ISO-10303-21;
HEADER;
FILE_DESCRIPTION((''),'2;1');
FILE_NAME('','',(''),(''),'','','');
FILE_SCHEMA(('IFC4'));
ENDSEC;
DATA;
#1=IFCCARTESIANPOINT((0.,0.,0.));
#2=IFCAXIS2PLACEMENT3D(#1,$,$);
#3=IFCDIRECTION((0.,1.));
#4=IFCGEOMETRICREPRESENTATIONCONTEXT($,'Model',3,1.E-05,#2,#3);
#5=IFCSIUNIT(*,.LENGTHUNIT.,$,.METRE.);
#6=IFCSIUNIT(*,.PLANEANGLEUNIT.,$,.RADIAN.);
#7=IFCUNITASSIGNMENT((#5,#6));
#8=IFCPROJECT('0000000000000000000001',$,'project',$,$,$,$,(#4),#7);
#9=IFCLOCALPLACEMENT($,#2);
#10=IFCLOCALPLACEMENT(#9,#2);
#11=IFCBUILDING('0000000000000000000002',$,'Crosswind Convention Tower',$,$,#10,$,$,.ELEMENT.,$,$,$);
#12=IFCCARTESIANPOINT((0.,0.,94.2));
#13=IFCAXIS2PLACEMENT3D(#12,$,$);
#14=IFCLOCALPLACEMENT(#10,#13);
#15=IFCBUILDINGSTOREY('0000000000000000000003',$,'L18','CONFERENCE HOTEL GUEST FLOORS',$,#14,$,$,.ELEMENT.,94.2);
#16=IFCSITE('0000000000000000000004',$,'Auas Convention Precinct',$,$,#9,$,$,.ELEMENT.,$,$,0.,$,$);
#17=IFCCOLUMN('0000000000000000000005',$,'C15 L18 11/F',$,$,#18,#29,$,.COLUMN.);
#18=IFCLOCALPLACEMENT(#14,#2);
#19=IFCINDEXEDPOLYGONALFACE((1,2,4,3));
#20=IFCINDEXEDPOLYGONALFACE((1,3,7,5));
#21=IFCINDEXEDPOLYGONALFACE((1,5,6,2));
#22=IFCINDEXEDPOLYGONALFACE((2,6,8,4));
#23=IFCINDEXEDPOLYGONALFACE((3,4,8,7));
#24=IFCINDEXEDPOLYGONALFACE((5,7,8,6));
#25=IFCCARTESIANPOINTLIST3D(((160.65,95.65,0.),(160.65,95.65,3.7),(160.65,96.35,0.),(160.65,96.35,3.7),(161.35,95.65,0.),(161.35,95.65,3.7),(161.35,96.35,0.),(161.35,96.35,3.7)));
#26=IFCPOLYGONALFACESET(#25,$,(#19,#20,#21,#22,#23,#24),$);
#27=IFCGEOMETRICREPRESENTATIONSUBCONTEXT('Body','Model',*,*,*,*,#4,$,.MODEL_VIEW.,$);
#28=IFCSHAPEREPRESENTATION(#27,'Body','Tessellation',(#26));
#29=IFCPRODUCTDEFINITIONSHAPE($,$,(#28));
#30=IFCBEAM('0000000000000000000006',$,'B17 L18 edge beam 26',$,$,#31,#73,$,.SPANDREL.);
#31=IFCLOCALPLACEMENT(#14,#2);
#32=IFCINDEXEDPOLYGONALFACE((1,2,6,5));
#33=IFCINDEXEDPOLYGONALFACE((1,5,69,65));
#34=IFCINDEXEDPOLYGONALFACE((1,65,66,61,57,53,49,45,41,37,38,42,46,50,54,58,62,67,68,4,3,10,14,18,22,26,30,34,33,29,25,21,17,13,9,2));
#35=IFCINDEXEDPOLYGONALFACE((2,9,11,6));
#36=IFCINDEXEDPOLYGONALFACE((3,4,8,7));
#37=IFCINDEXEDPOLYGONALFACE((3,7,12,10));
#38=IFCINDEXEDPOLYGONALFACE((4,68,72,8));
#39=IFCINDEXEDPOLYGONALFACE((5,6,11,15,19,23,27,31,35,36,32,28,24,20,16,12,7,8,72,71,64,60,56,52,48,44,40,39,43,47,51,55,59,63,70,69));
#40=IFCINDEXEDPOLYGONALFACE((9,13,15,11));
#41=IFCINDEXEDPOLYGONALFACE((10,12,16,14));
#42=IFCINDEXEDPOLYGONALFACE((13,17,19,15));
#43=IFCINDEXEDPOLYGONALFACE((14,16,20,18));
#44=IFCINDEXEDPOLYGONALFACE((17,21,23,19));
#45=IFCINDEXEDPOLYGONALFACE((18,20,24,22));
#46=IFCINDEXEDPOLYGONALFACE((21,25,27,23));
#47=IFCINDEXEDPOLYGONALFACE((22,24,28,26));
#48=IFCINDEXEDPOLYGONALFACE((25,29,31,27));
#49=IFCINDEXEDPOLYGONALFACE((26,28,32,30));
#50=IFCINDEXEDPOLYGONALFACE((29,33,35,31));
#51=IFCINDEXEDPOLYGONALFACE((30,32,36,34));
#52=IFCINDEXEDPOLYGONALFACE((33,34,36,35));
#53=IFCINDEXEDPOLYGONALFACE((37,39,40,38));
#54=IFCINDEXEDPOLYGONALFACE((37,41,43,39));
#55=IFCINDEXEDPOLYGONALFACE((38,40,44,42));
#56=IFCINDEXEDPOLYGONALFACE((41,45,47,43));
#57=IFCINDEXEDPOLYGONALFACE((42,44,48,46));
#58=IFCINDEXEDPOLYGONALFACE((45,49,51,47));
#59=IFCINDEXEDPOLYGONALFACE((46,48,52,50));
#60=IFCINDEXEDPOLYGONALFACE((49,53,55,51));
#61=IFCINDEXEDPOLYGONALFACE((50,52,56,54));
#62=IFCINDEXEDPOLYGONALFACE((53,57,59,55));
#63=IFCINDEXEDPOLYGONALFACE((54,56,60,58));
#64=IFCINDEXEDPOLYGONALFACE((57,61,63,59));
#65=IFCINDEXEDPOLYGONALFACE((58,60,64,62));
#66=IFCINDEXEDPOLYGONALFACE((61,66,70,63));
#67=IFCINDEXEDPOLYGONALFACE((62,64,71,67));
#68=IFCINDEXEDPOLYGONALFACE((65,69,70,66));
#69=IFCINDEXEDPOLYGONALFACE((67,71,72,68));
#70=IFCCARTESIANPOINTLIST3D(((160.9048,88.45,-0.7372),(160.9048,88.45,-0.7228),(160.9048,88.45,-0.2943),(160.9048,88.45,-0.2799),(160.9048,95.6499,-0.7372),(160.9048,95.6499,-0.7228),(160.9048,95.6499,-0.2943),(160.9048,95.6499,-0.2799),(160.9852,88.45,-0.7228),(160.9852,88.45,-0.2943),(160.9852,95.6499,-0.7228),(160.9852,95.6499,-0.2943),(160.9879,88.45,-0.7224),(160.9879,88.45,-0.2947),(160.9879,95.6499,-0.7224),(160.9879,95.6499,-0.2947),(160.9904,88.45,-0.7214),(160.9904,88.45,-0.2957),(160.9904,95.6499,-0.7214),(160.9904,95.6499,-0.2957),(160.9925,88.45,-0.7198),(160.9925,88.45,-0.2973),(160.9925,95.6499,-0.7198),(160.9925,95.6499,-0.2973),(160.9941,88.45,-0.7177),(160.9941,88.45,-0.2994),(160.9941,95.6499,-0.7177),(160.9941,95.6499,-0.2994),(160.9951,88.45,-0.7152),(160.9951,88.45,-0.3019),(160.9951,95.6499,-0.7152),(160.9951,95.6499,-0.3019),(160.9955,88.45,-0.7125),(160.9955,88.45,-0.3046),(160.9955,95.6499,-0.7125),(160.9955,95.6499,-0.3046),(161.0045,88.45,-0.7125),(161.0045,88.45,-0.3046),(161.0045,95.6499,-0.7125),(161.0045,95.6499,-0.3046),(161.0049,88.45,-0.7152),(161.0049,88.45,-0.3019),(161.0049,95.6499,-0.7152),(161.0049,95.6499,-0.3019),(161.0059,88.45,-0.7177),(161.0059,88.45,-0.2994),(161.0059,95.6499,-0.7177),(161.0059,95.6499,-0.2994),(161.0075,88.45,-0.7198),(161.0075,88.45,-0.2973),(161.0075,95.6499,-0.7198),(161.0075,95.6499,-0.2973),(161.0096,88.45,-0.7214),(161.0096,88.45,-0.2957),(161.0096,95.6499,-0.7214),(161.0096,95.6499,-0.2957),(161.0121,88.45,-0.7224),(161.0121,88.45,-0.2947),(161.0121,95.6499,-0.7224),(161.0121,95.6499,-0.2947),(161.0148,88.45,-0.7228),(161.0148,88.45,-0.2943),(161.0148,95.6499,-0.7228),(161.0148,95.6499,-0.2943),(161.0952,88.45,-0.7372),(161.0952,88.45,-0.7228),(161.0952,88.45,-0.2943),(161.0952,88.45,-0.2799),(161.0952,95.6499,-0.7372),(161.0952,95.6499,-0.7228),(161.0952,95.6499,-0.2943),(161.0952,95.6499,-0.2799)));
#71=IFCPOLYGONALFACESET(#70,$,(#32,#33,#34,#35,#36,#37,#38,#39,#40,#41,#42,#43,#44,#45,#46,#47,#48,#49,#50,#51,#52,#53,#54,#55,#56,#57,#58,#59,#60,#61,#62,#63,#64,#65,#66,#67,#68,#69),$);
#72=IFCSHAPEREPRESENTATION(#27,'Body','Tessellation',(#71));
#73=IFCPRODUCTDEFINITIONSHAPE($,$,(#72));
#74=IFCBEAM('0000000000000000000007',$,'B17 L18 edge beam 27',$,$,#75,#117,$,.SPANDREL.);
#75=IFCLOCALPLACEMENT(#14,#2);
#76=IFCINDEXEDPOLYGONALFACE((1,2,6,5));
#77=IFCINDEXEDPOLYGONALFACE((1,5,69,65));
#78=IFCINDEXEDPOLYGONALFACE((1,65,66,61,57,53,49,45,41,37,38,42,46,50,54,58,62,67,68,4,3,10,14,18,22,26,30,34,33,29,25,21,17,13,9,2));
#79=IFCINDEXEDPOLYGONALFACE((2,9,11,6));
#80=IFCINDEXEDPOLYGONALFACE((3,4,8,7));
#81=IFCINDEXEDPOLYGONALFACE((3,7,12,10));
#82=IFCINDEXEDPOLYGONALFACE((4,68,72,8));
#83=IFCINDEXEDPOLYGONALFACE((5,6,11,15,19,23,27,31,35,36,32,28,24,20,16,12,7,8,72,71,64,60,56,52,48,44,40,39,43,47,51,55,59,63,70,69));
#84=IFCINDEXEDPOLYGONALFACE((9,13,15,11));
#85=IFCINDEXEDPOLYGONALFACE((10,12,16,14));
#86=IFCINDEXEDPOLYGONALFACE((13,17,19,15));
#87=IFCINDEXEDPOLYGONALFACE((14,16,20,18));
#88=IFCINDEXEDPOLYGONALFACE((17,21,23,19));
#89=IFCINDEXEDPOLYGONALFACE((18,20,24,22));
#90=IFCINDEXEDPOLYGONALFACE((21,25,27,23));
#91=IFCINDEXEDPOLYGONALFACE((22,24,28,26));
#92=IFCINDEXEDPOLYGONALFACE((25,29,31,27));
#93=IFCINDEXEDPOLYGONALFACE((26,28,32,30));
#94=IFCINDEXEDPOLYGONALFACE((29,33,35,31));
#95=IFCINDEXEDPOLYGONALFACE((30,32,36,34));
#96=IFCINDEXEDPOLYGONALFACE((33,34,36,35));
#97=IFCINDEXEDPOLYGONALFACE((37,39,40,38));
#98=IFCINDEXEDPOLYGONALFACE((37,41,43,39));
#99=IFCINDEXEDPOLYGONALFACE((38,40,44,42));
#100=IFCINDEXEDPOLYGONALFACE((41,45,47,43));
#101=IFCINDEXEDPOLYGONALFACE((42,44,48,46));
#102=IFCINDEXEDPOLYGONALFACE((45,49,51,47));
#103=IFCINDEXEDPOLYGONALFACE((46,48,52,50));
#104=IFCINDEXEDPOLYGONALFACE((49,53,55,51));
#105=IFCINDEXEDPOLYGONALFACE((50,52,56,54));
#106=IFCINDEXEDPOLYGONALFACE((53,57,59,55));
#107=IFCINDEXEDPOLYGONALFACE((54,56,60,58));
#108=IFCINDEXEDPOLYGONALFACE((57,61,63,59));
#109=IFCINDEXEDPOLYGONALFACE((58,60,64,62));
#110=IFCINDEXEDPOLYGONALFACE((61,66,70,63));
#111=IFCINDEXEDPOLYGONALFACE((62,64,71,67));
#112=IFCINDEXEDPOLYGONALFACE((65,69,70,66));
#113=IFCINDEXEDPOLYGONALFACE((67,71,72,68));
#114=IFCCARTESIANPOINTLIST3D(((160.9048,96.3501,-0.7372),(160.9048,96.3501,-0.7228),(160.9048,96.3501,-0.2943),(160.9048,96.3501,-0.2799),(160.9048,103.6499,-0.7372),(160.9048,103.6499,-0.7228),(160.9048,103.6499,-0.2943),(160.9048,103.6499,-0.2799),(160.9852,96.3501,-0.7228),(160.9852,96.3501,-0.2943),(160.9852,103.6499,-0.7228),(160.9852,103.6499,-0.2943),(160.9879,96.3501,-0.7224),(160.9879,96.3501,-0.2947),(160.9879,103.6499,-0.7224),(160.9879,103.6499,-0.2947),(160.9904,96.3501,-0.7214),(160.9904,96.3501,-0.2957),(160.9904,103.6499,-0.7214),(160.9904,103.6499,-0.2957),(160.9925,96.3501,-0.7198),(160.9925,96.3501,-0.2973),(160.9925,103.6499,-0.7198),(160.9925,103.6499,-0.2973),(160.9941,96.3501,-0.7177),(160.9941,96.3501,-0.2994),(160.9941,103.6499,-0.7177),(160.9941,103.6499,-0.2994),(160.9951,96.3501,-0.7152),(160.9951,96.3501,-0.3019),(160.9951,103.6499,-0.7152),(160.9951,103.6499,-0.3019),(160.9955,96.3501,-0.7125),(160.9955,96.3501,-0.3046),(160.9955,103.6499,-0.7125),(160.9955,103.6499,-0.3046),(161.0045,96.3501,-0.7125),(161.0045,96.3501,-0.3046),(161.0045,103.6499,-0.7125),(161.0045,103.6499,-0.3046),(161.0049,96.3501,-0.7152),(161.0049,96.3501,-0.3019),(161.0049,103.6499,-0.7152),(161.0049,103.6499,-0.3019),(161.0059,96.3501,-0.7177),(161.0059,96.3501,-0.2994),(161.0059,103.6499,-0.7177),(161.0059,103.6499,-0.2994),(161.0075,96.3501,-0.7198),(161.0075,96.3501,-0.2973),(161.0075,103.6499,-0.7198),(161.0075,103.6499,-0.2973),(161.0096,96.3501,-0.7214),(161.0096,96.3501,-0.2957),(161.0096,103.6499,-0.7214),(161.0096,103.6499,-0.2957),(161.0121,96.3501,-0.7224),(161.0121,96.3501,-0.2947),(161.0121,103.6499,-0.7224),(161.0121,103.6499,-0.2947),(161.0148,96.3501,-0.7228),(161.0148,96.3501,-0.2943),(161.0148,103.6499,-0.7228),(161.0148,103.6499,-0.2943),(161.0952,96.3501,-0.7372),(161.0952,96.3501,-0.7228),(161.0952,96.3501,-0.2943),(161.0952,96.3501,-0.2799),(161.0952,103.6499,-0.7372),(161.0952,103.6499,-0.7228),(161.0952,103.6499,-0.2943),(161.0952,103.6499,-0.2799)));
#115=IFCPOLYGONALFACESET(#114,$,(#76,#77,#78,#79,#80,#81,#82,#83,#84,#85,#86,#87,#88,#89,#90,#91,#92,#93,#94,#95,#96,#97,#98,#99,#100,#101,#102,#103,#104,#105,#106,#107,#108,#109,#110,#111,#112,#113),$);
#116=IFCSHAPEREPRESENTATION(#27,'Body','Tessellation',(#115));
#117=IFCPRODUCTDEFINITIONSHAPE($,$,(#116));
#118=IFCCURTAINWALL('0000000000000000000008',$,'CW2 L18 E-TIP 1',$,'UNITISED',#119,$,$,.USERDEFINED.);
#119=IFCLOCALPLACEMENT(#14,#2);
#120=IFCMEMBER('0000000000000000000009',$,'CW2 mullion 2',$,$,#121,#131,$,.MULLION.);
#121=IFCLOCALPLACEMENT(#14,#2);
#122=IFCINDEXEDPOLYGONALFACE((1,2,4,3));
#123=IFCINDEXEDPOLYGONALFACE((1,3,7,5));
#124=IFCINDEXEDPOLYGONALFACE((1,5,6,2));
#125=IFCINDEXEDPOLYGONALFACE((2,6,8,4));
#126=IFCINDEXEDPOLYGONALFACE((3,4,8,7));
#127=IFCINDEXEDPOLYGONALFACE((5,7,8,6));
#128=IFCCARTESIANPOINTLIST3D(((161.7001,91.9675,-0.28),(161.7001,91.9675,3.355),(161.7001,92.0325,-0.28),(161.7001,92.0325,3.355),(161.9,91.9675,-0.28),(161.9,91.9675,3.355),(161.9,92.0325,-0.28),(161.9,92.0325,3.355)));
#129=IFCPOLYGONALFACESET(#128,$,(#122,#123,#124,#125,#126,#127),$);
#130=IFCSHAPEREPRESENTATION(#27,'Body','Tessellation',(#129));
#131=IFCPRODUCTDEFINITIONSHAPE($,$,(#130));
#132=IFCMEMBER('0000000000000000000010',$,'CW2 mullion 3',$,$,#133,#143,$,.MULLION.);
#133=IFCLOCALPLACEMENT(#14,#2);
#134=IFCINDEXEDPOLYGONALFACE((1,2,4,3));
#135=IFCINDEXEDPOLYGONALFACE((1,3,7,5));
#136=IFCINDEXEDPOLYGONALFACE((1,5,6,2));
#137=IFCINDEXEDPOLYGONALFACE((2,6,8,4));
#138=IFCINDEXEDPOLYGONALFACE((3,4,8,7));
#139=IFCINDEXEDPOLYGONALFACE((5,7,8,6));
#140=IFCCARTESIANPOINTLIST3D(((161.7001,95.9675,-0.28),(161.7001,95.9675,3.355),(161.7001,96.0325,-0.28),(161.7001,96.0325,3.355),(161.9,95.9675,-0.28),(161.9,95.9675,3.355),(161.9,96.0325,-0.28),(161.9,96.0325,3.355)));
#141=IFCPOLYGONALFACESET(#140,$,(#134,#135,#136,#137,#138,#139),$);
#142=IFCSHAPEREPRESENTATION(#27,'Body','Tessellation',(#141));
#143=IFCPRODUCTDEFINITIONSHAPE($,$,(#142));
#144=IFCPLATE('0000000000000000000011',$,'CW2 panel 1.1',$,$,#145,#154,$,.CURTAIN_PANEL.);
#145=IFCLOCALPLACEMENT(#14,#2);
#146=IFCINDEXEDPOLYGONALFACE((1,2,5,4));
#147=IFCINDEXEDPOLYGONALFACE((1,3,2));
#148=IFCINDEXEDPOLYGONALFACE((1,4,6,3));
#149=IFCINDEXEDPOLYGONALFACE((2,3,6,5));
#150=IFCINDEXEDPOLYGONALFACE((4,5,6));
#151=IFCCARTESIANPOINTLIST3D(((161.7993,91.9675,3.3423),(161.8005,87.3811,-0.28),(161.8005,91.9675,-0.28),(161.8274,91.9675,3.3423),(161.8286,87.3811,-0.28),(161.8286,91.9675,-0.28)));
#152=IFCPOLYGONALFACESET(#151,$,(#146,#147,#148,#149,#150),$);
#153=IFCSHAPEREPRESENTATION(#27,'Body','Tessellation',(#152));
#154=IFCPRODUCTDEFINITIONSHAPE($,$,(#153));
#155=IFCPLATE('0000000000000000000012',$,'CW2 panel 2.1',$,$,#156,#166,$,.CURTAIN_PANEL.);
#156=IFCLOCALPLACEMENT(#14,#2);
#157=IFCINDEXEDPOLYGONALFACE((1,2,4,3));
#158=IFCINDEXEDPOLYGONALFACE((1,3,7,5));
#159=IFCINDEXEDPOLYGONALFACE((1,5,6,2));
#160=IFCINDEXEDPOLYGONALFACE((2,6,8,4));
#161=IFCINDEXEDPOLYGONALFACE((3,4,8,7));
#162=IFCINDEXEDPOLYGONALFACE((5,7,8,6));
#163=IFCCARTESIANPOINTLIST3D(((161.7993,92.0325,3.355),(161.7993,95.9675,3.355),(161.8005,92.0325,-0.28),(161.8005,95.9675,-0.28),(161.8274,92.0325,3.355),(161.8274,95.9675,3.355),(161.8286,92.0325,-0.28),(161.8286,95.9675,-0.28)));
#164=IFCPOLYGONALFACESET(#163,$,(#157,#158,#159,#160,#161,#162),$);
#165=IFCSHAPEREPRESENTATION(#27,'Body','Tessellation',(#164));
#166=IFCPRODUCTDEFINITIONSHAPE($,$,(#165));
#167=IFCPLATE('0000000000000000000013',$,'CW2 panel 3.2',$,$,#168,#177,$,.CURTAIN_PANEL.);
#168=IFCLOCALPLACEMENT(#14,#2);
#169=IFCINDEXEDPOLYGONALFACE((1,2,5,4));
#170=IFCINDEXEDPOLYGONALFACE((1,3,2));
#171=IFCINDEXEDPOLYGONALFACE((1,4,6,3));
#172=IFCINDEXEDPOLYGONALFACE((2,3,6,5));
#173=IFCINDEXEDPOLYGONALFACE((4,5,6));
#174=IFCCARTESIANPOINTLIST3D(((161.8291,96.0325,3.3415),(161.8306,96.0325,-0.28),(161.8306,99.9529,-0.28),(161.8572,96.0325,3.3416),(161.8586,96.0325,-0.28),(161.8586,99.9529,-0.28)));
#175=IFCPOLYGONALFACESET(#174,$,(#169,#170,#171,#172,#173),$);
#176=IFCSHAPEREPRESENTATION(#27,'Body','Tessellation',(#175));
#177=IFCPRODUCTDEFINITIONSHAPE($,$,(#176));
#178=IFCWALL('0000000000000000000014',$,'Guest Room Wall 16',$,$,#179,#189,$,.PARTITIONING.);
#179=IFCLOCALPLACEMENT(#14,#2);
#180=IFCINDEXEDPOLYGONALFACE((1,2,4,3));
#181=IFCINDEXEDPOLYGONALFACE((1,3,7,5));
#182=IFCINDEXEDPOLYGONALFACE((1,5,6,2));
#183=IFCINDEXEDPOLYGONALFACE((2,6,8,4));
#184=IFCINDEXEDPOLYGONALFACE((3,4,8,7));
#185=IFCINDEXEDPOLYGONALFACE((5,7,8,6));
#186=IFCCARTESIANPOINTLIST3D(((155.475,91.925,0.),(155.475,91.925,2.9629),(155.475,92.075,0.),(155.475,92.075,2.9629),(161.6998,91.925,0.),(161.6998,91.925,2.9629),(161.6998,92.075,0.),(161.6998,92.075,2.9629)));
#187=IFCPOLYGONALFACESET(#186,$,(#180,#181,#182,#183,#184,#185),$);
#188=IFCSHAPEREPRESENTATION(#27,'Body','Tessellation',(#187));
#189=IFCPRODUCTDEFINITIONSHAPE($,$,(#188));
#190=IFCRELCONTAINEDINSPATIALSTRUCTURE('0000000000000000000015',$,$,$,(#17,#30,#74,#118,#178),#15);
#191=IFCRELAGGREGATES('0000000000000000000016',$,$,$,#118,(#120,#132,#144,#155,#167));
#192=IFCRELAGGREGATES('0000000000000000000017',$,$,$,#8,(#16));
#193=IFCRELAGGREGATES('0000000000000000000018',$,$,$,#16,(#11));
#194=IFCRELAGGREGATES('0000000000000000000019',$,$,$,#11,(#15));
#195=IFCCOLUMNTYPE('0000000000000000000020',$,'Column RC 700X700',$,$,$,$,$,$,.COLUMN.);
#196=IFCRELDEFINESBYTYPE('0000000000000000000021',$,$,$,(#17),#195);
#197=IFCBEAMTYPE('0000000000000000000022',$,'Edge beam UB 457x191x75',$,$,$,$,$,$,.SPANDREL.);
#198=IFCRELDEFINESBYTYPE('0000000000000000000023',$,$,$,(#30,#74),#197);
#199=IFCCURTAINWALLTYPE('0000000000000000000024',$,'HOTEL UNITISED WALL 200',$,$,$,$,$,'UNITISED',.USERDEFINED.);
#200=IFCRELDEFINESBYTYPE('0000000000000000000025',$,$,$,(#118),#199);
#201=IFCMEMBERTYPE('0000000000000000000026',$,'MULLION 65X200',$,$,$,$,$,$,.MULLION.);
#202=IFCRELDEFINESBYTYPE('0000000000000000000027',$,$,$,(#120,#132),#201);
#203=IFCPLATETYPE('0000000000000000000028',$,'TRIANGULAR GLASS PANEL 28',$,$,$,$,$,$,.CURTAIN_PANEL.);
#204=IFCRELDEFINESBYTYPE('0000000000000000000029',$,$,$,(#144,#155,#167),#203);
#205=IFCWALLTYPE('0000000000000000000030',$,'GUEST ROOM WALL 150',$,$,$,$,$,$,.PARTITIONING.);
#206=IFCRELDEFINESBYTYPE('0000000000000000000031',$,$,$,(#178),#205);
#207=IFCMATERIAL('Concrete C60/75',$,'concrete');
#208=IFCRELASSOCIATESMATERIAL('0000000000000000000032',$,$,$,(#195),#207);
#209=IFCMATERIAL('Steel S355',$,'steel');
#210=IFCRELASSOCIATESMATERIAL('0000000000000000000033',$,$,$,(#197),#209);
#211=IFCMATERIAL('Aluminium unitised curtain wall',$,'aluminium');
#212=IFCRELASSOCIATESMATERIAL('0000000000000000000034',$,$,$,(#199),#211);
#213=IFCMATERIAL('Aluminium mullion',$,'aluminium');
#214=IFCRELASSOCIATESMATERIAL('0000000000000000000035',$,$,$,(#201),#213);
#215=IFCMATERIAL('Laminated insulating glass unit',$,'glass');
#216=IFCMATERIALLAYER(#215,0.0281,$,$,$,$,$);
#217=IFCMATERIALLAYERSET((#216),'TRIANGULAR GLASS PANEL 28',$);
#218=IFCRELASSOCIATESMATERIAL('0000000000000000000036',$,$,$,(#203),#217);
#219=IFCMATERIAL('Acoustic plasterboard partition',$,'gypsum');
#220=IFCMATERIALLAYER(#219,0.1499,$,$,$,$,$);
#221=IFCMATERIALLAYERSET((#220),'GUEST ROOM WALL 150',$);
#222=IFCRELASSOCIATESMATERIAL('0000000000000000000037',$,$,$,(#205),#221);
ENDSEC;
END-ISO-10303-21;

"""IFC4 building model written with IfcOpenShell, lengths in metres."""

from ifc_helpers import new_model, si_unit, direction, frame, frame_2d, origin, origin_2d, place, context, subcontext, project, spatial, polyline, rectangle, i_section, outline, extrude, material, layer, layer_set, material_profile, profile_set, type_object, element, aggregate, save


model = new_model("IFC4")

# Units and contexts
model_context = context("Model", 3, precision=1e-05, world=origin(), true_north=direction((0.0, 1.0)))
body_context = subcontext(model_context, "Body", "Model", "MODEL_VIEW")
ifc_project = project(units=[si_unit("LENGTHUNIT", "METRE"), si_unit("PLANEANGLEUNIT", "RADIAN")], contexts=[model_context])

# Site, building, storey
site_placement = place(None, origin())
site = spatial("IfcSite", under=ifc_project, at=site_placement, Name="Auas Convention Precinct", CompositionType="ELEMENT", RefElevation=0.0)
building_placement = place(site_placement, origin())
building = spatial("IfcBuilding", under=site, at=building_placement, Name="Crosswind Convention Tower", CompositionType="ELEMENT")
storey_placement = place(building_placement, frame((0.0, 0.0, 94.2)))
storey = spatial("IfcBuildingStorey", under=building, at=storey_placement, Name="L18", Description="CONFERENCE HOTEL GUEST FLOORS", CompositionType="ELEMENT", Elevation=94.2)

# Column
ifc_material_1 = material(Name="Concrete C60/75", Category="concrete")
ifc_material_profile_1 = material_profile(ifc_material_1, rectangle(XDim=0.7, YDim=0.7, at=origin_2d()), Name="RC 700X700")
ifc_profile_set_1 = profile_set([ifc_material_profile_1], Name="Concrete C60/75")
column_type = type_object("IfcColumnType", Name="Column RC 700X700", PredefinedType="COLUMN", material=ifc_profile_set_1)
column_placement = place(storey_placement, frame((161.0, 96.0, 0.0), z_axis=(0.0, 0.0, 1.0), x_axis=(1.0, 0.0, 0.0)))
element("IfcColumn", 1, at=column_placement, inside=storey, type_object=column_type, Name="C15 L18 11/F", PredefinedType="COLUMN", context=body_context, shape_type="SweptSolid", body=[
    extrude(rectangle(XDim=0.7, YDim=0.7, at=origin_2d()), origin(), (0.0, 0.0, 1.0), 3.7),
])

# Beams
ifc_material_2 = material(Name="Steel S355", Category="steel")
ifc_material_profile_2 = material_profile(ifc_material_2, i_section(OverallWidth=0.1904, OverallDepth=0.4573, WebThickness=0.009, FlangeThickness=0.0144, FilletRadius=0.0103, at=origin_2d()), Name="UB 457x191x75")
ifc_profile_set_2 = profile_set([ifc_material_profile_2], Name="Steel S355")
beam_type = type_object("IfcBeamType", Name="Edge beam UB 457x191x75", PredefinedType="SPANDREL", material=ifc_profile_set_2)
beam_1_placement = place(storey_placement, frame((161.0, 88.45, -0.5085), z_axis=(0.0, 1.0, 0.0), x_axis=(-1.0, 0.0, 0.0)))
element("IfcBeam", 2, at=beam_1_placement, inside=storey, type_object=beam_type, Name="B17 L18 edge beam 26", PredefinedType="SPANDREL", context=body_context, shape_type="SweptSolid", body=[
    extrude(i_section(OverallWidth=0.1904, OverallDepth=0.4573, WebThickness=0.009, FlangeThickness=0.0144, FilletRadius=0.0103, at=origin_2d()), origin(), (0.0, 0.0, 1.0), 7.2),
])
beam_2_placement = place(storey_placement, frame((161.0, 96.3501, -0.5085), z_axis=(0.0, 1.0, 0.0), x_axis=(-1.0, 0.0, 0.0)))
element("IfcBeam", 3, at=beam_2_placement, inside=storey, type_object=beam_type, Name="B17 L18 edge beam 27", PredefinedType="SPANDREL", context=body_context, shape_type="SweptSolid", body=[
    extrude(i_section(OverallWidth=0.1904, OverallDepth=0.4573, WebThickness=0.009, FlangeThickness=0.0144, FilletRadius=0.0103, at=origin_2d()), origin(), (0.0, 0.0, 1.0), 7.2998),
])

# Curtain wall, members, plates
ifc_material_3 = material(Name="Aluminium unitised curtain wall", Category="aluminium")
curtain_wall_type = type_object("IfcCurtainWallType", Name="HOTEL UNITISED WALL 200", ElementType="UNITISED", PredefinedType="USERDEFINED", material=ifc_material_3)
curtain_wall_placement = place(storey_placement, origin())
curtain_wall = element("IfcCurtainWall", 4, at=curtain_wall_placement, inside=storey, type_object=curtain_wall_type, Name="CW2 L18 E-TIP 1", ObjectType="UNITISED", PredefinedType="USERDEFINED")
ifc_material_4 = material(Name="Aluminium mullion", Category="aluminium")
ifc_material_profile_3 = material_profile(ifc_material_4, rectangle(XDim=0.2, YDim=0.0649, at=origin_2d()), Name="AL 200X65")
ifc_profile_set_3 = profile_set([ifc_material_profile_3], Name="Aluminium mullion")
member_type = type_object("IfcMemberType", Name="MULLION 65X200", PredefinedType="MULLION", material=ifc_profile_set_3)
member_1_placement = place(storey_placement, frame((161.8, 92.0, -0.28), z_axis=(0.0, 0.0, 1.0), x_axis=(1.0, 0.0, 0.0)))
member_1 = element("IfcMember", 5, at=member_1_placement, type_object=member_type, Name="CW2 mullion 2", PredefinedType="MULLION", context=body_context, shape_type="SweptSolid", body=[
    extrude(rectangle(XDim=0.2, YDim=0.0649, at=origin_2d()), origin(), (0.0, 0.0, 1.0), 3.635),
])
member_2_placement = place(storey_placement, frame((161.8, 96.0, -0.28), z_axis=(0.0, 0.0, 1.0), x_axis=(1.0, 0.0, 0.0)))
member_2 = element("IfcMember", 6, at=member_2_placement, type_object=member_type, Name="CW2 mullion 3", PredefinedType="MULLION", context=body_context, shape_type="SweptSolid", body=[
    extrude(rectangle(XDim=0.2, YDim=0.0649, at=origin_2d()), origin(), (0.0, 0.0, 1.0), 3.635),
])
ifc_material_5 = material(Name="Laminated insulating glass unit", Category="glass")
ifc_layer_1 = layer(ifc_material_5, 0.0281)
ifc_layer_set_1 = layer_set([ifc_layer_1], Name="TRIANGULAR GLASS PANEL 28")
plate_type = type_object("IfcPlateType", Name="TRIANGULAR GLASS PANEL 28", PredefinedType="CURTAIN_PANEL", material=ifc_layer_set_1)
plate_1_placement = place(storey_placement, frame((161.8286, 91.9675, -0.28), z_axis=(1.0, 0.0, 0.000337), x_axis=(-0.000337, 0.0, 1.0)))
plate_1 = element("IfcPlate", 7, at=plate_1_placement, type_object=plate_type, Name="CW2 panel 1.1", PredefinedType="CURTAIN_PANEL", context=body_context, shape_type="SweptSolid", body=[
    extrude(outline(polyline([(0.0, 0.0), (3.6223, 0.0), (0.0, 4.5864), (0.0, 0.0)])), origin(), (0.0, 0.0, -1.0), 0.0281),
])
plate_2_placement = place(storey_placement, frame((161.8286, 92.0325, -0.28), z_axis=(1.0, 0.0, 0.000336), x_axis=(0.0, 1.0, 0.0)))
plate_2 = element("IfcPlate", 8, at=plate_2_placement, type_object=plate_type, Name="CW2 panel 2.1", PredefinedType="CURTAIN_PANEL", context=body_context, shape_type="SweptSolid", body=[
    extrude(outline(polyline([(0.0, 0.0), (3.9351, 0.0), (3.9351, 3.635), (0.0, 3.635), (0.0, 0.0)])), origin(), (0.0, 0.0, -1.0), 0.0281),
])
plate_3_placement = place(storey_placement, frame((161.8586, 96.0325, -0.28), z_axis=(1.0, 0.0, 0.000404), x_axis=(0.0, 1.0, 0.0)))
plate_3 = element("IfcPlate", 9, at=plate_3_placement, type_object=plate_type, Name="CW2 panel 3.2", PredefinedType="CURTAIN_PANEL", context=body_context, shape_type="SweptSolid", body=[
    extrude(outline(polyline([(0.0, 0.0), (3.9204, 0.0), (0.0, 3.6216), (0.0, 0.0)])), origin(), (0.0, 0.0, -1.0), 0.0281),
])
aggregate(curtain_wall, [member_1, member_2, plate_1, plate_2, plate_3])

# Wall
ifc_material_6 = material(Name="Acoustic plasterboard partition", Category="gypsum")
ifc_layer_2 = layer(ifc_material_6, 0.1499)
ifc_layer_set_2 = layer_set([ifc_layer_2], Name="GUEST ROOM WALL 150")
wall_type_1 = type_object("IfcWallType", Name="GUEST ROOM WALL 150", PredefinedType="PARTITIONING", material=ifc_layer_set_2)
wall_1_placement = place(storey_placement, frame((155.4751, 92.0, 0.0), z_axis=(0.0, 0.0, 1.0), x_axis=(1.0, 0.0, 0.0)))
element("IfcWall", 10, at=wall_1_placement, inside=storey, type_object=wall_type_1, Name="Guest Room Wall 16", PredefinedType="PARTITIONING", context=body_context, shape_type="SweptSolid", body=[
    extrude(rectangle(XDim=6.2249, YDim=0.1499, at=frame_2d((3.1123, 0.0))), origin(), (0.0, 0.0, 1.0), 2.9629),
])

save(model, "model.ifc")
